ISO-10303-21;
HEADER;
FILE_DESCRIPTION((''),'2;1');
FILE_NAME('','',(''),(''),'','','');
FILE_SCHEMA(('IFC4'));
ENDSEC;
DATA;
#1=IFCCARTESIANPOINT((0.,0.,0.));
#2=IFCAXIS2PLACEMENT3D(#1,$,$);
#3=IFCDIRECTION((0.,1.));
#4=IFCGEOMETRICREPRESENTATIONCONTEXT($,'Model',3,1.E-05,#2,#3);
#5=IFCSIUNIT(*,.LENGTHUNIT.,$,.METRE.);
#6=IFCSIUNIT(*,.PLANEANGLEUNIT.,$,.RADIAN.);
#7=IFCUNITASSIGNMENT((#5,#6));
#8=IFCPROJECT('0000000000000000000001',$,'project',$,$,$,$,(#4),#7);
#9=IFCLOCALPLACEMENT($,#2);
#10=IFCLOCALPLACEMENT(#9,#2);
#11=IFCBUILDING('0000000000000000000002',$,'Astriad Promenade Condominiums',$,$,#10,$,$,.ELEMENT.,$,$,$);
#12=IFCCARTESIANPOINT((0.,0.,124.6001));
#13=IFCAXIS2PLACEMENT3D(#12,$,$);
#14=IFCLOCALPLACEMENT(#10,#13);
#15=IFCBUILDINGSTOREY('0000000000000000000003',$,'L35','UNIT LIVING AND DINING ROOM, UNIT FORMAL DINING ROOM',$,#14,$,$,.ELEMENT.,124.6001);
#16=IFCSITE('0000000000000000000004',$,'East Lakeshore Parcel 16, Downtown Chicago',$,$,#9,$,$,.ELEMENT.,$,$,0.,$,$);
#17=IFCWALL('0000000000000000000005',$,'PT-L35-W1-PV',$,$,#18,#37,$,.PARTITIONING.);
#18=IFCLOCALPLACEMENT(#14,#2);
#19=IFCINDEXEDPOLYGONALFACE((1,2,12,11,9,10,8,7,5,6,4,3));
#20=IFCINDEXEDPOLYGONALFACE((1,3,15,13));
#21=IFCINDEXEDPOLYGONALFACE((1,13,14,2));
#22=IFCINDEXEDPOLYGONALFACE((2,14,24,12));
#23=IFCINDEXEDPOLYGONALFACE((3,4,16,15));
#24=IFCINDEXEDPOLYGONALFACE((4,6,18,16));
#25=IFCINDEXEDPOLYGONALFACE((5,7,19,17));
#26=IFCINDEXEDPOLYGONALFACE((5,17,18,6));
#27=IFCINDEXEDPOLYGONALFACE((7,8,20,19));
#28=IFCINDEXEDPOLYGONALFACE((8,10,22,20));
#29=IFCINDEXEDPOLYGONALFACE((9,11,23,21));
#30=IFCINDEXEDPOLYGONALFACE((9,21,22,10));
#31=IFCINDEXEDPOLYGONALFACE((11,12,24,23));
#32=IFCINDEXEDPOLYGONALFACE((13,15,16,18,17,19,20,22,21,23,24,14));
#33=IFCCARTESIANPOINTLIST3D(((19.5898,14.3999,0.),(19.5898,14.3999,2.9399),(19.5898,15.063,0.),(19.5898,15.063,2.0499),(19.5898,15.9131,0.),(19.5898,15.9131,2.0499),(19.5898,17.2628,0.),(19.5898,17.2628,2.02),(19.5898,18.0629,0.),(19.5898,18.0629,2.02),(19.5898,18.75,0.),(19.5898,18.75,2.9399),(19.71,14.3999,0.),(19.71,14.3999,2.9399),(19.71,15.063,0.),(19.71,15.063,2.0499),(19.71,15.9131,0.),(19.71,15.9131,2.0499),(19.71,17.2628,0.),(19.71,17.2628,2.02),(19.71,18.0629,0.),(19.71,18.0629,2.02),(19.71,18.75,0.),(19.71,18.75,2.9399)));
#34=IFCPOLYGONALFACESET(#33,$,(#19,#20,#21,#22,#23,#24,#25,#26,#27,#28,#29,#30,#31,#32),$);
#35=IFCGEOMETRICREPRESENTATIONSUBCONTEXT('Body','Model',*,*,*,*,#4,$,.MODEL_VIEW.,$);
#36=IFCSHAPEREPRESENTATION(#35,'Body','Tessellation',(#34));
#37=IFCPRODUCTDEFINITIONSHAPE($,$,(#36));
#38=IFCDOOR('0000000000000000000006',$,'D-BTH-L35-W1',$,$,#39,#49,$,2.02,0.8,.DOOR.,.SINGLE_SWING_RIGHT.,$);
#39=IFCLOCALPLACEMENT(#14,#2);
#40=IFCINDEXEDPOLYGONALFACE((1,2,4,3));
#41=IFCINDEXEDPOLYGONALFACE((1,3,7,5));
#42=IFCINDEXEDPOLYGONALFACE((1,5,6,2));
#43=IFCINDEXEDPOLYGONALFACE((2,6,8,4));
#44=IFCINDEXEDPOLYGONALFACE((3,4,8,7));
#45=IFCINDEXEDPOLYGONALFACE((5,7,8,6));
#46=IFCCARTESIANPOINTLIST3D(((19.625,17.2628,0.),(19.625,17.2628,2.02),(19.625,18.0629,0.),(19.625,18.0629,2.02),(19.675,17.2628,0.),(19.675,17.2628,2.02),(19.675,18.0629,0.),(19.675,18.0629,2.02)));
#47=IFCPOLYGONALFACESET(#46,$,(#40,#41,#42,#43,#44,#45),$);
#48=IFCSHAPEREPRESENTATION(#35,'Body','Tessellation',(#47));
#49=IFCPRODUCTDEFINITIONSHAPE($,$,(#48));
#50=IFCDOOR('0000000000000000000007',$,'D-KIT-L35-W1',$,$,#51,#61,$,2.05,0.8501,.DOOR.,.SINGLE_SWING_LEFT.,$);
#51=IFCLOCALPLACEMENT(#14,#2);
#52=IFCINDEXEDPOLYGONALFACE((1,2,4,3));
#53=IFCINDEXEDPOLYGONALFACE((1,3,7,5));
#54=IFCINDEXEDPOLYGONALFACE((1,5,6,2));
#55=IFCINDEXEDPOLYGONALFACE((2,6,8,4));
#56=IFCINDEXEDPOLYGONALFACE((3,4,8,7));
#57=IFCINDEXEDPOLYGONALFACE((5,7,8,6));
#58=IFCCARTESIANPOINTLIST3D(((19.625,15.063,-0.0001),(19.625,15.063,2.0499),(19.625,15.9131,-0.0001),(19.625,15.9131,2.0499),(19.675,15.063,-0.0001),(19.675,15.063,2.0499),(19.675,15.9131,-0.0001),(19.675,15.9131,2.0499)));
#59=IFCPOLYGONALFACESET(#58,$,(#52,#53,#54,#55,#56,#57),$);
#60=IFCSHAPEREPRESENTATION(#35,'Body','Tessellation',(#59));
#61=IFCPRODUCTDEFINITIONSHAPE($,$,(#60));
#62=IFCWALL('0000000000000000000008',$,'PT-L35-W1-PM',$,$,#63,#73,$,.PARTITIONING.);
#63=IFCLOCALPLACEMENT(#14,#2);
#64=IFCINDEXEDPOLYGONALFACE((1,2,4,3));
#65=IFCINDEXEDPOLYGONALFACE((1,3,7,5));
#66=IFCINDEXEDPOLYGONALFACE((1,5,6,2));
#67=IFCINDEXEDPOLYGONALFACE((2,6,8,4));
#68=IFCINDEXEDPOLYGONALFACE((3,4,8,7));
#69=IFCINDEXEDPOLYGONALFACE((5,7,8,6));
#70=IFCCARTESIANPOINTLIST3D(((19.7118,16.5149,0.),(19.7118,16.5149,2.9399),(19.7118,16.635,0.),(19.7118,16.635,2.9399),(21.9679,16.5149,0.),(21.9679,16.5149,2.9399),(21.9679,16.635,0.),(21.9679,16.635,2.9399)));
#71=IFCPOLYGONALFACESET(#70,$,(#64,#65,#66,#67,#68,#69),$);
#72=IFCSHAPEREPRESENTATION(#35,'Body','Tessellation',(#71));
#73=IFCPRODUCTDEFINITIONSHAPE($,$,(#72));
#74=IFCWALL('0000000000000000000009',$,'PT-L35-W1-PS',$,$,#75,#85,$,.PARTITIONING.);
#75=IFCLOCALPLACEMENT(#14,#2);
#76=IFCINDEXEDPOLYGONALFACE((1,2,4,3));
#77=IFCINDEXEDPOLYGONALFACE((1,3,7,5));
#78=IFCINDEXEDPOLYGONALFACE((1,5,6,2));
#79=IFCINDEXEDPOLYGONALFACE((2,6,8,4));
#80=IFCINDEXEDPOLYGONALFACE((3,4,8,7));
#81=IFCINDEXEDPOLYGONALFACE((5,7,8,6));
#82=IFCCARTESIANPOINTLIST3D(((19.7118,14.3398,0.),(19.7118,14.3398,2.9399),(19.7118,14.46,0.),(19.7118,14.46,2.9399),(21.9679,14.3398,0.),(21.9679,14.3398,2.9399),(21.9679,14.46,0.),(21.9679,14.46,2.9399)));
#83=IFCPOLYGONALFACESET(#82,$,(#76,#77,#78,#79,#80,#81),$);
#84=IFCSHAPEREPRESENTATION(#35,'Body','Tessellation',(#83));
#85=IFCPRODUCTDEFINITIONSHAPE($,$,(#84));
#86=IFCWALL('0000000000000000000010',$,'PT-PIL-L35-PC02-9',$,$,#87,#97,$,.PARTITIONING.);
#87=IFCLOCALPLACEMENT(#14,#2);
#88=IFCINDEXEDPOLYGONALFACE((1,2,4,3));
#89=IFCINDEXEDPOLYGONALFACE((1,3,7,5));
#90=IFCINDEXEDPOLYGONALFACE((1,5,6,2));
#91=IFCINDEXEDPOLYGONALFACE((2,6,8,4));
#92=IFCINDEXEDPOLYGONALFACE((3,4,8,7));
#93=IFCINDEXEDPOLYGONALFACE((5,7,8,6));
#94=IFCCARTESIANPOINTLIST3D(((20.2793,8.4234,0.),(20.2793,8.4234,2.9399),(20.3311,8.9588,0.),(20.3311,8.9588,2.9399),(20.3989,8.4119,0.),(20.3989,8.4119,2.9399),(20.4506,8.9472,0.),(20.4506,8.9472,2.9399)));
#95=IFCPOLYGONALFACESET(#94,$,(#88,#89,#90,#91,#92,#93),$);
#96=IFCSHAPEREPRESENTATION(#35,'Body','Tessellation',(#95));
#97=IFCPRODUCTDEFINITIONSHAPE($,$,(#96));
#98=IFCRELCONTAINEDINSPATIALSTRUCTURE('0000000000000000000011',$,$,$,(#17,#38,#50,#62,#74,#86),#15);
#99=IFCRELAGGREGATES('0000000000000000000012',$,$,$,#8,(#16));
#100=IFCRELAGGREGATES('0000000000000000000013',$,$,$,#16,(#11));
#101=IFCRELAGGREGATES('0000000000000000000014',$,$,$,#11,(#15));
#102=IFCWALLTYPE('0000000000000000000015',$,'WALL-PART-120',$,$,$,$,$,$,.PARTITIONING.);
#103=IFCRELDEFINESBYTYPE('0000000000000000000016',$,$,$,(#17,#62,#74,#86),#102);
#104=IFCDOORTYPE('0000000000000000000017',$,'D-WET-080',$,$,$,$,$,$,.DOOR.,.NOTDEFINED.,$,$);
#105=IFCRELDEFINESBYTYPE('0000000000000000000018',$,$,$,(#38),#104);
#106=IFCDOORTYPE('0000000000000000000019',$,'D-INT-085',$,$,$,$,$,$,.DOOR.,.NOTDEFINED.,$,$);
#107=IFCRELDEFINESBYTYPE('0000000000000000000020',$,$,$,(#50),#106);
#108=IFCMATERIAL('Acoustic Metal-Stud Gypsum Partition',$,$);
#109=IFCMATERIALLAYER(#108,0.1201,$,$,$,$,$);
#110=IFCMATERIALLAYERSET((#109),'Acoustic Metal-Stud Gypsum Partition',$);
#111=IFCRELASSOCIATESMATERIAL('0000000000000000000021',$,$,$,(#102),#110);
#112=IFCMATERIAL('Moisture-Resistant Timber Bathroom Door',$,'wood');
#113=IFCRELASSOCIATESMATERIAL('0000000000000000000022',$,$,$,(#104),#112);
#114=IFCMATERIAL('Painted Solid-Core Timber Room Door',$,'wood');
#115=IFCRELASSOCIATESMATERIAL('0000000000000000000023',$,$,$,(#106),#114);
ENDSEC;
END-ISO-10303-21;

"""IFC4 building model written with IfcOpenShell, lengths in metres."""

from ifc_helpers import new_model, si_unit, direction, frame, frame_2d, origin, place, context, subcontext, project, spatial, rectangle, extrude, source, transform, mapped, material, layer, layer_set, type_object, type_shapes, element, fill, save


model = new_model("IFC4")

# Units and contexts
model_context = context("Model", 3, precision=1e-05, world=origin(), true_north=direction((0.0, 1.0)))
body_context = subcontext(model_context, "Body", "Model", "MODEL_VIEW")
ifc_project = project(units=[si_unit("LENGTHUNIT", "METRE"), si_unit("PLANEANGLEUNIT", "RADIAN")], contexts=[model_context])

# Site, building, storey
site_placement = place(None, origin())
site = spatial("IfcSite", under=ifc_project, at=site_placement, Name="East Lakeshore Parcel 16, Downtown Chicago", CompositionType="ELEMENT", RefElevation=0.0)
building_placement = place(site_placement, origin())
building = spatial("IfcBuilding", under=site, at=building_placement, Name="Astriad Promenade Condominiums", CompositionType="ELEMENT")
storey_placement = place(building_placement, frame((0.0, 0.0, 124.6001)))
storey = spatial("IfcBuildingStorey", under=building, at=storey_placement, Name="L35", Description="UNIT LIVING AND DINING ROOM, UNIT FORMAL DINING ROOM", CompositionType="ELEMENT", Elevation=124.6001)

# Shared definitions
ifc_material_1 = material(Name="Acoustic Metal-Stud Gypsum Partition")
ifc_layer_1 = layer(ifc_material_1, 0.1201)
ifc_layer_set_1 = layer_set([ifc_layer_1], Name="Acoustic Metal-Stud Gypsum Partition")
wall_type_1 = type_object("IfcWallType", Name="WALL-PART-120", PredefinedType="PARTITIONING", material=ifc_layer_set_1)
ifc_material_2 = material(Name="Moisture-Resistant Timber Bathroom Door", Category="wood")
door_type_1 = type_object("IfcDoorType", Name="D-WET-080", OperationType="NOTDEFINED", PredefinedType="DOOR", material=ifc_material_2)
shared_shape_1 = source(origin(), body_context, "Body", "SweptSolid", [
    extrude(rectangle(XDim=0.8, YDim=2.02, at=frame_2d((0.3999, 1.01))), frame((0.0, 0.0249, 0.0), z_axis=(0.0, -1.0, 0.0), x_axis=(1.0, 0.0, 0.0)), (0.0, 0.0, 1.0), 0.05),
])
type_shapes(door_type_1, [shared_shape_1])
ifc_material_3 = material(Name="Painted Solid-Core Timber Room Door", Category="wood")
door_type_2 = type_object("IfcDoorType", Name="D-INT-085", OperationType="NOTDEFINED", PredefinedType="DOOR", material=ifc_material_3)
shared_shape_2 = source(origin(), body_context, "Body", "SweptSolid", [
    extrude(rectangle(XDim=0.8501, YDim=2.05, at=frame_2d((0.425, 1.0249))), frame((0.0, 0.0249, 0.0), z_axis=(0.0, -1.0, 0.0), x_axis=(1.0, 0.0, 0.0)), (0.0, 0.0, 1.0), 0.05),
])
type_shapes(door_type_2, [shared_shape_2])

# Wall, openings, doors
wall_1_placement = place(storey_placement, frame((19.6499, 14.3999, 0.0), z_axis=(0.0, 0.0, 1.0), x_axis=(0.0, 1.0, 0.0)))
wall_1 = element("IfcWall", 1, at=wall_1_placement, inside=storey, type_object=wall_type_1, Name="PT-L35-W1-PV", PredefinedType="PARTITIONING", context=body_context, shape_type="SweptSolid", body=[
    extrude(rectangle(XDim=4.3501, YDim=0.1201, at=frame_2d((2.175, 0.0))), origin(), (0.0, 0.0, 1.0), 2.9399),
])
opening_1_placement = place(wall_1_placement, frame((0.6631, 0.0, 0.0)))
opening_1 = element("IfcOpeningElement", 2, at=opening_1_placement, cuts=wall_1, PredefinedType="OPENING", context=body_context, shape_type="SweptSolid", body=[
    extrude(rectangle(XDim=0.8501, YDim=2.05, at=frame_2d((0.425, 1.0249))), frame((0.0, 0.0701, 0.0), z_axis=(0.0, -1.0, 0.0), x_axis=(1.0, 0.0, 0.0)), (0.0, 0.0, 1.0), 0.1401),
])
opening_2_placement = place(wall_1_placement, frame((2.863, 0.0, 0.0)))
opening_2 = element("IfcOpeningElement", 3, at=opening_2_placement, cuts=wall_1, PredefinedType="OPENING", context=body_context, shape_type="SweptSolid", body=[
    extrude(rectangle(XDim=0.8, YDim=2.02, at=frame_2d((0.3999, 1.01))), frame((0.0, 0.0701, 0.0), z_axis=(0.0, -1.0, 0.0), x_axis=(1.0, 0.0, 0.0)), (0.0, 0.0, 1.0), 0.1401),
])
door_1_placement = place(opening_2_placement, origin())
door_1 = element("IfcDoor", 4, at=door_1_placement, inside=storey, type_object=door_type_1, Name="D-BTH-L35-W1", OperationType="SINGLE_SWING_RIGHT", OverallHeight=2.02, OverallWidth=0.8, PredefinedType="DOOR", context=body_context, shape_type="MappedRepresentation", body=[
    mapped(shared_shape_1, transform((0.0, 0.0, 0.0), scale=1.0)),
])
fill(opening_2, door_1)
door_2_placement = place(opening_1_placement, origin())
door_2 = element("IfcDoor", 5, at=door_2_placement, inside=storey, type_object=door_type_2, Name="D-KIT-L35-W1", OperationType="SINGLE_SWING_LEFT", OverallHeight=2.05, OverallWidth=0.8501, PredefinedType="DOOR", context=body_context, shape_type="MappedRepresentation", body=[
    mapped(shared_shape_2, transform((0.0, 0.0, 0.0), scale=1.0)),
])
fill(opening_1, door_2)

# Walls
for number, where, z_axis, x_axis, name in (
    (6, (19.7119, 16.575, 0.0), (0.0, 0.0, 1.0), (1.0, 0.0, 0.0), "PT-L35-W1-PM"),
    (7, (19.7119, 14.3999, 0.0), (0.0, 0.0, 1.0), (1.0, 0.0, 0.0), "PT-L35-W1-PS"),
):
    element("IfcWall", number, at=place(storey_placement, frame(where, z_axis=z_axis, x_axis=x_axis)), inside=storey, type_object=wall_type_1, Name=name, PredefinedType="PARTITIONING", context=body_context, shape_type="SweptSolid", body=[
        extrude(rectangle(XDim=2.2561, YDim=0.1201, at=frame_2d((1.1279, 0.0))), origin(), (0.0, 0.0, 1.0), 2.9399),
    ])
wall_2_placement = place(storey_placement, frame((20.3909, 8.9531, 0.0), z_axis=(0.0, 0.0, 1.0), x_axis=(-0.096223, -0.99536, 0.0)))
element("IfcWall", 8, at=wall_2_placement, inside=storey, type_object=wall_type_1, Name="PT-PIL-L35-PC02-9", PredefinedType="PARTITIONING", context=body_context, shape_type="SweptSolid", body=[
    extrude(rectangle(XDim=0.5378, YDim=0.1201, at=frame_2d((0.269, 0.0))), origin(), (0.0, 0.0, 1.0), 2.9399),
])

save(model, "model.ifc")
